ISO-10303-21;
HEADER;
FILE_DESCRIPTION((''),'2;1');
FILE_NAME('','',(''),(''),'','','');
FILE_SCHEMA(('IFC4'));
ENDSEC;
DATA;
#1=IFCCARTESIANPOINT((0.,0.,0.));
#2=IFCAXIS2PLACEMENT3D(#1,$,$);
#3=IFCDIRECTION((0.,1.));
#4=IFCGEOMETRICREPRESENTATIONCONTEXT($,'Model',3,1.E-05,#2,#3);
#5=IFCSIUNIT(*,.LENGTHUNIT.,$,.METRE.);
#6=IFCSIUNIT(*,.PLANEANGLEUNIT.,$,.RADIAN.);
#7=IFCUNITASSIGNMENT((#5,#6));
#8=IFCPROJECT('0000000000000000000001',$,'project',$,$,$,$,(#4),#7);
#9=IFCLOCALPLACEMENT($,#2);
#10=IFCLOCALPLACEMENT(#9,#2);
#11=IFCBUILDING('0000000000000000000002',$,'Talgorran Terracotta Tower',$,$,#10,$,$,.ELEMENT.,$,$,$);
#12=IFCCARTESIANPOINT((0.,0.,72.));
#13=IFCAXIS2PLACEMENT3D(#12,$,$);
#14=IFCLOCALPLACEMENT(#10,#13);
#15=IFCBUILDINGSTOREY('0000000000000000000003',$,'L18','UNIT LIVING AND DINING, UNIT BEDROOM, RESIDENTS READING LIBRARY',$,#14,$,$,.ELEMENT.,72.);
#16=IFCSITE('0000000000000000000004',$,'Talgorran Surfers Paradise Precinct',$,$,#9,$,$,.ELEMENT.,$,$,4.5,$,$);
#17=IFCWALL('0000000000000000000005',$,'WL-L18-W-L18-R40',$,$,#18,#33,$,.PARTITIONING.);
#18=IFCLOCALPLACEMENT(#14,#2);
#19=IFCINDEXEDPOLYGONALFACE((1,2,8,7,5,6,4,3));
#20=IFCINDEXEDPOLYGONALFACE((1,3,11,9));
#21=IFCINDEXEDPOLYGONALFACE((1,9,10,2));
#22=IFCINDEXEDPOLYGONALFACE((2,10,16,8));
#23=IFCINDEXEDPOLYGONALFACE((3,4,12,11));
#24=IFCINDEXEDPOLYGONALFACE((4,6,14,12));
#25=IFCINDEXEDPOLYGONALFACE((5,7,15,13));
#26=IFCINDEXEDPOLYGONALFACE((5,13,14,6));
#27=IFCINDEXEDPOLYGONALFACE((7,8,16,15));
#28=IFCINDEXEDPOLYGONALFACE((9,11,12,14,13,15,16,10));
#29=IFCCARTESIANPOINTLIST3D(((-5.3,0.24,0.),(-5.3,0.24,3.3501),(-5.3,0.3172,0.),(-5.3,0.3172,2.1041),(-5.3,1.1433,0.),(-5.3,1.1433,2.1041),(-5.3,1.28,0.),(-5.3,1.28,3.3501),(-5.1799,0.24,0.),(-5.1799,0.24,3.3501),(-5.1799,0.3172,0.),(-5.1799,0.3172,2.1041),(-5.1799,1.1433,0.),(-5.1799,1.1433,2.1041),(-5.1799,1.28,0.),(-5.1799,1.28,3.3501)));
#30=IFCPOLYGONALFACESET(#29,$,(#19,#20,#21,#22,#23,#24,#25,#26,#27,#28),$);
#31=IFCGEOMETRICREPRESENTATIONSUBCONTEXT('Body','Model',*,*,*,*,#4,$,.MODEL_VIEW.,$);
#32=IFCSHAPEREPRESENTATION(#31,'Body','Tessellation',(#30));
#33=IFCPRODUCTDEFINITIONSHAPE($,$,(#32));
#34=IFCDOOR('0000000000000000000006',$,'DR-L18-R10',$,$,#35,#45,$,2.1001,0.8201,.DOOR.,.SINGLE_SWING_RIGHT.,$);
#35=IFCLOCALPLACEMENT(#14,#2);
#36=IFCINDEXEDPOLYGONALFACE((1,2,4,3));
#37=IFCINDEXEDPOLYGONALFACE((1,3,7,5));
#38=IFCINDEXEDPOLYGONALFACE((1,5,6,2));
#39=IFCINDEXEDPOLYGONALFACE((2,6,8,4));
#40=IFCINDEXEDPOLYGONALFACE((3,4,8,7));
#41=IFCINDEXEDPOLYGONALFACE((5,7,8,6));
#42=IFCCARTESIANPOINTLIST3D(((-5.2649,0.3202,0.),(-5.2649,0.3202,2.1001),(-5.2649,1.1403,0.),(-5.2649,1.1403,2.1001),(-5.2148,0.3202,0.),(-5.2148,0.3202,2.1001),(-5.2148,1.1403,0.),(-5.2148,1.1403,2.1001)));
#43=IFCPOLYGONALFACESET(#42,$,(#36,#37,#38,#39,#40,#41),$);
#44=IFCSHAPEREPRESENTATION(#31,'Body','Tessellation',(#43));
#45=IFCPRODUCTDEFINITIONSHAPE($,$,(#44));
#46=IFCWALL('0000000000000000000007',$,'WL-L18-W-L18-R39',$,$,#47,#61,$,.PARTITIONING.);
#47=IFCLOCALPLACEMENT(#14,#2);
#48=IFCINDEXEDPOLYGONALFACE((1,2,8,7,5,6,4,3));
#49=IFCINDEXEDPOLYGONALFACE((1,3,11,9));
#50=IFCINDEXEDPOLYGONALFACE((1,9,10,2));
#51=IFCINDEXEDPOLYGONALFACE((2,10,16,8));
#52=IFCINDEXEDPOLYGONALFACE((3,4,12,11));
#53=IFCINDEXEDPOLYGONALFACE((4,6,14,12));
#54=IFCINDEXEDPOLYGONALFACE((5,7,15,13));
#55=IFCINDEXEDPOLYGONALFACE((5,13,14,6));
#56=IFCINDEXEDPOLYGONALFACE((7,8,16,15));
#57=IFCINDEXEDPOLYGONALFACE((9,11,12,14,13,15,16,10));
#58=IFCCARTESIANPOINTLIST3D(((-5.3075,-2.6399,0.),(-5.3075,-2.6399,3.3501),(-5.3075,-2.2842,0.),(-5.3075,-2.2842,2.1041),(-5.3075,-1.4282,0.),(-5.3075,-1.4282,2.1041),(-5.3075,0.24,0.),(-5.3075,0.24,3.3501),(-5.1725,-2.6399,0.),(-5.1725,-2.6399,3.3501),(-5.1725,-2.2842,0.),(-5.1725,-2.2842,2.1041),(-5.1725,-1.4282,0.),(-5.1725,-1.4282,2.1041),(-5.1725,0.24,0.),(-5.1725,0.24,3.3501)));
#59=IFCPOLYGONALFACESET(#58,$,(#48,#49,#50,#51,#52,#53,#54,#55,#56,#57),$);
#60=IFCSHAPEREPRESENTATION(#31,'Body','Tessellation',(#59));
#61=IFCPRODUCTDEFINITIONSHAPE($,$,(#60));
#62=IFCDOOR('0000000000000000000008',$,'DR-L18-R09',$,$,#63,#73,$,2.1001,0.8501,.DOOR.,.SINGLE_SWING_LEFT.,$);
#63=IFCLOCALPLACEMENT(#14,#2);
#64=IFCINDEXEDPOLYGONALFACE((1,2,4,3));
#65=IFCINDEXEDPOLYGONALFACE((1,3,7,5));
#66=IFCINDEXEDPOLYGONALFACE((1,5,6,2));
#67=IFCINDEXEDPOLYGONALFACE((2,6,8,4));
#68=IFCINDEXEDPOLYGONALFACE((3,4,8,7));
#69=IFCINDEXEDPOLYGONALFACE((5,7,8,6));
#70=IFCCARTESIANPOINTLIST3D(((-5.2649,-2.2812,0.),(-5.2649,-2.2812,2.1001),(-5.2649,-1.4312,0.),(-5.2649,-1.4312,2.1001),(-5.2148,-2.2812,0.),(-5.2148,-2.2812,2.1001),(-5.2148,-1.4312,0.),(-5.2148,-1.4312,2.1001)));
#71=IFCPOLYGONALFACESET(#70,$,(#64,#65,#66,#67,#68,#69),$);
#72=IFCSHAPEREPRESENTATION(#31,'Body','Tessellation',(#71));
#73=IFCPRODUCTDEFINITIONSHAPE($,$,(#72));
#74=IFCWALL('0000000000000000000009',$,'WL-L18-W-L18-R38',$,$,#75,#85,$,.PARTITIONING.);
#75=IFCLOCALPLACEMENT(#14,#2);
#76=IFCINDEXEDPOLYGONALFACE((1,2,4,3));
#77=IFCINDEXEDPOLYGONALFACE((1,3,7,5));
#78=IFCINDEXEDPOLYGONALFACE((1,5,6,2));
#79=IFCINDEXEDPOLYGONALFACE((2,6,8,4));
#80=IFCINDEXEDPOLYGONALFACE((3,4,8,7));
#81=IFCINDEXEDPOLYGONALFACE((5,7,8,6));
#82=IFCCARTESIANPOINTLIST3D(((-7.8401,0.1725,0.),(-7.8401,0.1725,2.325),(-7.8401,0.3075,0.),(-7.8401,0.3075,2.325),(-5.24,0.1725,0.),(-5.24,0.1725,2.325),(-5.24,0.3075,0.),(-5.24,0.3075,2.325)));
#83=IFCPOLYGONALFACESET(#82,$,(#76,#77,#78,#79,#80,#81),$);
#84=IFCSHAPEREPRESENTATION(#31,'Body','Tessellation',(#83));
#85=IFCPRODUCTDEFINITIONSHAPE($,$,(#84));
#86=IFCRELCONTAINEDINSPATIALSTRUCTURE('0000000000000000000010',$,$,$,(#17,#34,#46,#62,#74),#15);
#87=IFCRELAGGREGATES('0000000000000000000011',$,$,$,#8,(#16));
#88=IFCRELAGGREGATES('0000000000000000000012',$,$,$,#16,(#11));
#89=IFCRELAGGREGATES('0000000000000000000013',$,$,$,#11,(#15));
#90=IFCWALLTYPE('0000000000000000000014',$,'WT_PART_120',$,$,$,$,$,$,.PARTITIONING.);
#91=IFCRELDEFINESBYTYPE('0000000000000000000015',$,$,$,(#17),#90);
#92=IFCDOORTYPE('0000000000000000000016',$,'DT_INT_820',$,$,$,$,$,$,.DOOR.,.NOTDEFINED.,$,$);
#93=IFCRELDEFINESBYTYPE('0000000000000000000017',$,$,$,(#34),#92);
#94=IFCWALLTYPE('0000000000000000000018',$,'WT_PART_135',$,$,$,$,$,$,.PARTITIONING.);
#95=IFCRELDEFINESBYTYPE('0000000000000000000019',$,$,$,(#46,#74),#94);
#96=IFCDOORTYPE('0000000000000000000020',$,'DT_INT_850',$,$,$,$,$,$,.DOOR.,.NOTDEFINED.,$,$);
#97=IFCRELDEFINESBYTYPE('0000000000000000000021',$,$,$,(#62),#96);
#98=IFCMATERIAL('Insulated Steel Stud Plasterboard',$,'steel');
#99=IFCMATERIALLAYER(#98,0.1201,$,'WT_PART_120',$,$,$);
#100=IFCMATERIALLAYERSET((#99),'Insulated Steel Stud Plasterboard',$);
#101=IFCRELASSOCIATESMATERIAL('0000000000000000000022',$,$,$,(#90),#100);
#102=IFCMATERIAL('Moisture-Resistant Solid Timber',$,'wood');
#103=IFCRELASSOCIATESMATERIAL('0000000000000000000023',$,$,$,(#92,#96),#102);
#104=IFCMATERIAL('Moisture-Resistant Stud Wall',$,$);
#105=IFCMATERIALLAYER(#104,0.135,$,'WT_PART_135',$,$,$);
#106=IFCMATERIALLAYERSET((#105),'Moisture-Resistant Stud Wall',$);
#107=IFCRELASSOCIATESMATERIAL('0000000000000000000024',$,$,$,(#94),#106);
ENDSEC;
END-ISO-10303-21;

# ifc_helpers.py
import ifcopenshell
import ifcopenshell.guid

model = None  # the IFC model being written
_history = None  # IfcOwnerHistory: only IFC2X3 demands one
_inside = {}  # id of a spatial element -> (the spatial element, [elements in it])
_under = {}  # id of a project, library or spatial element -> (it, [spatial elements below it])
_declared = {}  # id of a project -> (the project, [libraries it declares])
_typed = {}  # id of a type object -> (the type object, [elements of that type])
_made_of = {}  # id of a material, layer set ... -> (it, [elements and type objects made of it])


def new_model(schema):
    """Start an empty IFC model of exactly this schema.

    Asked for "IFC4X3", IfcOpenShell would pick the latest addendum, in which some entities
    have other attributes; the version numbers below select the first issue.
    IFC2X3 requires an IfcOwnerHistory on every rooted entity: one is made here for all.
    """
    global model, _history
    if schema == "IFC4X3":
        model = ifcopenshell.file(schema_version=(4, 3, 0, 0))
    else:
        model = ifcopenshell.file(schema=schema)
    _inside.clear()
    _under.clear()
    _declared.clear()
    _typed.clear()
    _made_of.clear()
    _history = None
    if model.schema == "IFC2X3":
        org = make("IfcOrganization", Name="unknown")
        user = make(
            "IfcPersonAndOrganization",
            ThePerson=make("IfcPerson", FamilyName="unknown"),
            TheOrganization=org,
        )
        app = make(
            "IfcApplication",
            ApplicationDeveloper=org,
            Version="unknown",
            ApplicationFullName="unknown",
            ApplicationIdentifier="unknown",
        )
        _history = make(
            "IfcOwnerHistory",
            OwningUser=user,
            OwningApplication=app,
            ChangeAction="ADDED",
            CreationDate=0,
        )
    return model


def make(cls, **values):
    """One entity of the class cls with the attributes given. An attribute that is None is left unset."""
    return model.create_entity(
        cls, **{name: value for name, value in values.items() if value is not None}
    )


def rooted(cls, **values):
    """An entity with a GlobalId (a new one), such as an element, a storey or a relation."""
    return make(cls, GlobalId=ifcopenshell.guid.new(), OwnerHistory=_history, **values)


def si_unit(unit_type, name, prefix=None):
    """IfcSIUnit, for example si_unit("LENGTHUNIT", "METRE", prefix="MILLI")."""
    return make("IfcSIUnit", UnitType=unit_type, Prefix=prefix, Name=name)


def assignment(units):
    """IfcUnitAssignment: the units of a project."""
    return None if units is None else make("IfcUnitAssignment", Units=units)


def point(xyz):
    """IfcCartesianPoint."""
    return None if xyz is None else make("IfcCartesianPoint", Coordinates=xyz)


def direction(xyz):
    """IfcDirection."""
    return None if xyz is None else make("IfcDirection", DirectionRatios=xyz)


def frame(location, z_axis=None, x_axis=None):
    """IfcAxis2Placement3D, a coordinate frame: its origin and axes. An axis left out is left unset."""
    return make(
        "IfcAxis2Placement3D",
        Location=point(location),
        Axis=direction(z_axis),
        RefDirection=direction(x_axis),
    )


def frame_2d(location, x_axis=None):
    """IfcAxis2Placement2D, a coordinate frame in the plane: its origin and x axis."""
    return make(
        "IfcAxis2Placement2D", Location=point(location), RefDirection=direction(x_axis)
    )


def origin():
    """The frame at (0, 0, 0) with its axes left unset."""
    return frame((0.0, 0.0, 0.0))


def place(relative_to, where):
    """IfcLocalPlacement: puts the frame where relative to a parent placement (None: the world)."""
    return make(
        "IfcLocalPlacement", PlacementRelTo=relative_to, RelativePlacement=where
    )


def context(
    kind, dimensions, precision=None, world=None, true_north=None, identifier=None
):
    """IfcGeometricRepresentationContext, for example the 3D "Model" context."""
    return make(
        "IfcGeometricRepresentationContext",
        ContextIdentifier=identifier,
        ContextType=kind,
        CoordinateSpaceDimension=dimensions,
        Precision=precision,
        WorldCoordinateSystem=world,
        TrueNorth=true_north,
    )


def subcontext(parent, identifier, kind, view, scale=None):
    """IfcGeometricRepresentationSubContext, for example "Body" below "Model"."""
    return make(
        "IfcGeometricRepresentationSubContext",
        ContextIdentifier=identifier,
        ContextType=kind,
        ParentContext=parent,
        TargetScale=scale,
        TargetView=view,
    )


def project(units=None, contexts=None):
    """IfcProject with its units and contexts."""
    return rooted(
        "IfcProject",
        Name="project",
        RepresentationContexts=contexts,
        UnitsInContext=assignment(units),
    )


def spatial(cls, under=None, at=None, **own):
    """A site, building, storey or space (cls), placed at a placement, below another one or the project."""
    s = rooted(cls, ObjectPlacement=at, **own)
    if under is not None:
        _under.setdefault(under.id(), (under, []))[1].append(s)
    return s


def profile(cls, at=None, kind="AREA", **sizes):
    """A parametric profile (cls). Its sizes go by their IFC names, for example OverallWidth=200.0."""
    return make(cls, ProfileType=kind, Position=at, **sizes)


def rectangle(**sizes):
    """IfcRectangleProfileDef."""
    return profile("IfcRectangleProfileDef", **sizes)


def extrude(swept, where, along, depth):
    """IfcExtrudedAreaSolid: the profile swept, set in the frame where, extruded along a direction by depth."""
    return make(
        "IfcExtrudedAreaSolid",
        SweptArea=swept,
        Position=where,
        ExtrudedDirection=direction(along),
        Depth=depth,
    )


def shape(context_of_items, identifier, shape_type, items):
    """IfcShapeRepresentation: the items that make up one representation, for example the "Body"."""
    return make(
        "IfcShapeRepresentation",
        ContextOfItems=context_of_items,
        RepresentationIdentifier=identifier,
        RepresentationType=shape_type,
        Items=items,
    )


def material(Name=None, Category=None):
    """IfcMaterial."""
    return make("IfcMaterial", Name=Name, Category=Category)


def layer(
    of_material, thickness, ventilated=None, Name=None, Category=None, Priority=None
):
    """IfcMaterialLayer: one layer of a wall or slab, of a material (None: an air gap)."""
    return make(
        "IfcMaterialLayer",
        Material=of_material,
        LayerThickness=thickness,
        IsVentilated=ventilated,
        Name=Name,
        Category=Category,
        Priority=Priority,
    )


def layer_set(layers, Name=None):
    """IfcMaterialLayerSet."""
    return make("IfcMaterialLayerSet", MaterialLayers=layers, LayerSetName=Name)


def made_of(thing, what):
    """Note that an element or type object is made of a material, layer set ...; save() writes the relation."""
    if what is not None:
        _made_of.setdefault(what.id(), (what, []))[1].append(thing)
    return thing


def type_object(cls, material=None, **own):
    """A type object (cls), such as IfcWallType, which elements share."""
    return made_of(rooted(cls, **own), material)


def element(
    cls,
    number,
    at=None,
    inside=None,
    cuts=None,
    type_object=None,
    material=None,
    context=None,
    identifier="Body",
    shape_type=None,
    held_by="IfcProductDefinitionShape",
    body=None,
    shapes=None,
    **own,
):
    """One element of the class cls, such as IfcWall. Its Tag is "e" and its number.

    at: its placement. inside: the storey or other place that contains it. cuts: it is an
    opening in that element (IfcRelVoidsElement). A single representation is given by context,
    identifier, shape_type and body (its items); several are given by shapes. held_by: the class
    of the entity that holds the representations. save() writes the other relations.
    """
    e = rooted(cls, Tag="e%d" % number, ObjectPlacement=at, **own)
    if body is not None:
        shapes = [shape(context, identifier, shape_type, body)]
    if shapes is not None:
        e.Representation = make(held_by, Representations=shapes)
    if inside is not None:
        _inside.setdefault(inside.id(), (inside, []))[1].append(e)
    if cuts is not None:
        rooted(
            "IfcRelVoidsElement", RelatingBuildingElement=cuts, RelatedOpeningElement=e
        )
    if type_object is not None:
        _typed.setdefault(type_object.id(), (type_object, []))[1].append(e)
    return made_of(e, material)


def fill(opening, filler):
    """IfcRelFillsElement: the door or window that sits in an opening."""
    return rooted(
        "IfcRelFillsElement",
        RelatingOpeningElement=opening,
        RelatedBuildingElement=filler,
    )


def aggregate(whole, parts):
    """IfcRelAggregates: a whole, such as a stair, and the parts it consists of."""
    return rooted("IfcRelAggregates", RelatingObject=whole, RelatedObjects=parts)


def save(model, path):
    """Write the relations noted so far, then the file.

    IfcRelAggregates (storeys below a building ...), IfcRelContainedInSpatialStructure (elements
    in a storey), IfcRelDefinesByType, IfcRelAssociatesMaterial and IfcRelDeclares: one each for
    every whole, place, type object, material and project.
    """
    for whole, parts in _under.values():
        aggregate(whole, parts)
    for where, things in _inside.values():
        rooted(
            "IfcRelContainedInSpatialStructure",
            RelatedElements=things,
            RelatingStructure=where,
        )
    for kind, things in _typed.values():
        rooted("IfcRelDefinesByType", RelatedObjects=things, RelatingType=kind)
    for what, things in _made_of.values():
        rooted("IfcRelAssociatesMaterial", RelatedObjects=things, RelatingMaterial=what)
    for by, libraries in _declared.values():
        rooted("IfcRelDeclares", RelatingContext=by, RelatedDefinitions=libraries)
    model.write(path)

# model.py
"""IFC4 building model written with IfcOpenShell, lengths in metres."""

from ifc_helpers import new_model, si_unit, direction, frame, frame_2d, origin, place, context, subcontext, project, spatial, rectangle, extrude, material, layer, layer_set, type_object, element, fill, save


model = new_model("IFC4")

# Units and contexts
model_context = context("Model", 3, precision=1e-05, world=origin(), true_north=direction((0.0, 1.0)))
body_context = subcontext(model_context, "Body", "Model", "MODEL_VIEW")
ifc_project = project(units=[si_unit("LENGTHUNIT", "METRE"), si_unit("PLANEANGLEUNIT", "RADIAN")], contexts=[model_context])

# Site, building, storey
site_placement = place(None, origin())
site = spatial("IfcSite", under=ifc_project, at=site_placement, Name="Talgorran Surfers Paradise Precinct", CompositionType="ELEMENT", RefElevation=4.5)
building_placement = place(site_placement, origin())
building = spatial("IfcBuilding", under=site, at=building_placement, Name="Talgorran Terracotta Tower", CompositionType="ELEMENT")
storey_placement = place(building_placement, frame((0.0, 0.0, 72.0)))
storey = spatial("IfcBuildingStorey", under=building, at=storey_placement, Name="L18", Description="UNIT LIVING AND DINING, UNIT BEDROOM, RESIDENTS READING LIBRARY", CompositionType="ELEMENT", Elevation=72.0)

# Shared definitions
ifc_material_1 = material(Name="Insulated Steel Stud Plasterboard", Category="steel")
ifc_layer_1 = layer(ifc_material_1, 0.1201, Name="WT_PART_120")
ifc_layer_set_1 = layer_set([ifc_layer_1], Name="Insulated Steel Stud Plasterboard")
wall_type_1 = type_object("IfcWallType", Name="WT_PART_120", PredefinedType="PARTITIONING", material=ifc_layer_set_1)

# Walls, openings, doors
wall_1_placement = place(storey_placement, frame((-5.24, 0.24, 0.0), z_axis=(0.0, 0.0, 1.0), x_axis=(0.0, 1.0, 0.0)))
wall_1 = element("IfcWall", 1, at=wall_1_placement, inside=storey, type_object=wall_type_1, Name="WL-L18-W-L18-R40", PredefinedType="PARTITIONING", context=body_context, shape_type="SweptSolid", body=[
    extrude(rectangle(XDim=1.04, YDim=0.1201, at=frame_2d((0.52, 0.0))), origin(), (0.0, 0.0, 1.0), 3.3501),
])
opening_1_placement = place(wall_1_placement, frame((0.0801, 0.0, 0.0)))
opening_1 = element("IfcOpeningElement", 2, at=opening_1_placement, cuts=wall_1, PredefinedType="OPENING", context=body_context, shape_type="SweptSolid", body=[
    extrude(rectangle(XDim=0.8261, YDim=2.1041, at=frame_2d((0.4102, 1.052))), frame((0.0, 0.0701, 0.0), z_axis=(0.0, -1.0, 0.0), x_axis=(1.0, 0.0, 0.0)), (0.0, 0.0, 1.0), 0.1401),
])
ifc_material_2 = material(Name="Moisture-Resistant Solid Timber", Category="wood")
door_type_1 = type_object("IfcDoorType", Name="DT_INT_820", OperationType="NOTDEFINED", PredefinedType="DOOR", material=ifc_material_2)
door_1_placement = place(opening_1_placement, origin())
door_1 = element("IfcDoor", 3, at=door_1_placement, inside=storey, type_object=door_type_1, Name="DR-L18-R10", OperationType="SINGLE_SWING_RIGHT", OverallHeight=2.1001, OverallWidth=0.8201, PredefinedType="DOOR", context=body_context, shape_type="SweptSolid", body=[
    extrude(rectangle(XDim=0.8201, YDim=2.1001, at=frame_2d((0.4102, 1.05))), frame((0.0, 0.0249, 0.0), z_axis=(0.0, -1.0, 0.0), x_axis=(1.0, 0.0, 0.0)), (0.0, 0.0, 1.0), 0.05),
])
fill(opening_1, door_1)
ifc_material_3 = material(Name="Moisture-Resistant Stud Wall")
ifc_layer_2 = layer(ifc_material_3, 0.135, Name="WT_PART_135")
ifc_layer_set_2 = layer_set([ifc_layer_2], Name="Moisture-Resistant Stud Wall")
wall_type_2 = type_object("IfcWallType", Name="WT_PART_135", PredefinedType="PARTITIONING", material=ifc_layer_set_2)
wall_2_placement = place(storey_placement, frame((-5.24, -2.6399, 0.0), z_axis=(0.0, 0.0, 1.0), x_axis=(0.0, 1.0, 0.0)))
wall_2 = element("IfcWall", 4, at=wall_2_placement, inside=storey, type_object=wall_type_2, Name="WL-L18-W-L18-R39", PredefinedType="PARTITIONING", context=body_context, shape_type="SweptSolid", body=[
    extrude(rectangle(XDim=2.8799, YDim=0.135, at=frame_2d((1.4399, 0.0))), origin(), (0.0, 0.0, 1.0), 3.3501),
])
opening_2_placement = place(wall_2_placement, frame((0.3586, 0.0, 0.0)))
opening_2 = element("IfcOpeningElement", 5, at=opening_2_placement, cuts=wall_2, PredefinedType="OPENING", context=body_context, shape_type="SweptSolid", body=[
    extrude(rectangle(XDim=0.8561, YDim=2.1041, at=frame_2d((0.425, 1.052))), frame((0.0, 0.0776, 0.0), z_axis=(0.0, -1.0, 0.0), x_axis=(1.0, 0.0, 0.0)), (0.0, 0.0, 1.0), 0.155),
])
door_type_2 = type_object("IfcDoorType", Name="DT_INT_850", OperationType="NOTDEFINED", PredefinedType="DOOR", material=ifc_material_2)
door_2_placement = place(opening_2_placement, origin())
door_2 = element("IfcDoor", 6, at=door_2_placement, inside=storey, type_object=door_type_2, Name="DR-L18-R09", OperationType="SINGLE_SWING_LEFT", OverallHeight=2.1001, OverallWidth=0.8501, PredefinedType="DOOR", context=body_context, shape_type="SweptSolid", body=[
    extrude(rectangle(XDim=0.8501, YDim=2.1001, at=frame_2d((0.425, 1.05))), frame((0.0, 0.0249, 0.0), z_axis=(0.0, -1.0, 0.0), x_axis=(1.0, 0.0, 0.0)), (0.0, 0.0, 1.0), 0.05),
])
fill(opening_2, door_2)

# Wall
wall_3_placement = place(storey_placement, frame((-7.8401, 0.24, 0.0), z_axis=(0.0, 0.0, 1.0), x_axis=(1.0, 0.0, 0.0)))
element("IfcWall", 7, at=wall_3_placement, inside=storey, type_object=wall_type_2, Name="WL-L18-W-L18-R38", PredefinedType="PARTITIONING", context=body_context, shape_type="SweptSolid", body=[
    extrude(rectangle(XDim=2.6001, YDim=0.135, at=frame_2d((1.3, 0.0))), origin(), (0.0, 0.0, 1.0), 2.325),
])

save(model, "model.ifc")
